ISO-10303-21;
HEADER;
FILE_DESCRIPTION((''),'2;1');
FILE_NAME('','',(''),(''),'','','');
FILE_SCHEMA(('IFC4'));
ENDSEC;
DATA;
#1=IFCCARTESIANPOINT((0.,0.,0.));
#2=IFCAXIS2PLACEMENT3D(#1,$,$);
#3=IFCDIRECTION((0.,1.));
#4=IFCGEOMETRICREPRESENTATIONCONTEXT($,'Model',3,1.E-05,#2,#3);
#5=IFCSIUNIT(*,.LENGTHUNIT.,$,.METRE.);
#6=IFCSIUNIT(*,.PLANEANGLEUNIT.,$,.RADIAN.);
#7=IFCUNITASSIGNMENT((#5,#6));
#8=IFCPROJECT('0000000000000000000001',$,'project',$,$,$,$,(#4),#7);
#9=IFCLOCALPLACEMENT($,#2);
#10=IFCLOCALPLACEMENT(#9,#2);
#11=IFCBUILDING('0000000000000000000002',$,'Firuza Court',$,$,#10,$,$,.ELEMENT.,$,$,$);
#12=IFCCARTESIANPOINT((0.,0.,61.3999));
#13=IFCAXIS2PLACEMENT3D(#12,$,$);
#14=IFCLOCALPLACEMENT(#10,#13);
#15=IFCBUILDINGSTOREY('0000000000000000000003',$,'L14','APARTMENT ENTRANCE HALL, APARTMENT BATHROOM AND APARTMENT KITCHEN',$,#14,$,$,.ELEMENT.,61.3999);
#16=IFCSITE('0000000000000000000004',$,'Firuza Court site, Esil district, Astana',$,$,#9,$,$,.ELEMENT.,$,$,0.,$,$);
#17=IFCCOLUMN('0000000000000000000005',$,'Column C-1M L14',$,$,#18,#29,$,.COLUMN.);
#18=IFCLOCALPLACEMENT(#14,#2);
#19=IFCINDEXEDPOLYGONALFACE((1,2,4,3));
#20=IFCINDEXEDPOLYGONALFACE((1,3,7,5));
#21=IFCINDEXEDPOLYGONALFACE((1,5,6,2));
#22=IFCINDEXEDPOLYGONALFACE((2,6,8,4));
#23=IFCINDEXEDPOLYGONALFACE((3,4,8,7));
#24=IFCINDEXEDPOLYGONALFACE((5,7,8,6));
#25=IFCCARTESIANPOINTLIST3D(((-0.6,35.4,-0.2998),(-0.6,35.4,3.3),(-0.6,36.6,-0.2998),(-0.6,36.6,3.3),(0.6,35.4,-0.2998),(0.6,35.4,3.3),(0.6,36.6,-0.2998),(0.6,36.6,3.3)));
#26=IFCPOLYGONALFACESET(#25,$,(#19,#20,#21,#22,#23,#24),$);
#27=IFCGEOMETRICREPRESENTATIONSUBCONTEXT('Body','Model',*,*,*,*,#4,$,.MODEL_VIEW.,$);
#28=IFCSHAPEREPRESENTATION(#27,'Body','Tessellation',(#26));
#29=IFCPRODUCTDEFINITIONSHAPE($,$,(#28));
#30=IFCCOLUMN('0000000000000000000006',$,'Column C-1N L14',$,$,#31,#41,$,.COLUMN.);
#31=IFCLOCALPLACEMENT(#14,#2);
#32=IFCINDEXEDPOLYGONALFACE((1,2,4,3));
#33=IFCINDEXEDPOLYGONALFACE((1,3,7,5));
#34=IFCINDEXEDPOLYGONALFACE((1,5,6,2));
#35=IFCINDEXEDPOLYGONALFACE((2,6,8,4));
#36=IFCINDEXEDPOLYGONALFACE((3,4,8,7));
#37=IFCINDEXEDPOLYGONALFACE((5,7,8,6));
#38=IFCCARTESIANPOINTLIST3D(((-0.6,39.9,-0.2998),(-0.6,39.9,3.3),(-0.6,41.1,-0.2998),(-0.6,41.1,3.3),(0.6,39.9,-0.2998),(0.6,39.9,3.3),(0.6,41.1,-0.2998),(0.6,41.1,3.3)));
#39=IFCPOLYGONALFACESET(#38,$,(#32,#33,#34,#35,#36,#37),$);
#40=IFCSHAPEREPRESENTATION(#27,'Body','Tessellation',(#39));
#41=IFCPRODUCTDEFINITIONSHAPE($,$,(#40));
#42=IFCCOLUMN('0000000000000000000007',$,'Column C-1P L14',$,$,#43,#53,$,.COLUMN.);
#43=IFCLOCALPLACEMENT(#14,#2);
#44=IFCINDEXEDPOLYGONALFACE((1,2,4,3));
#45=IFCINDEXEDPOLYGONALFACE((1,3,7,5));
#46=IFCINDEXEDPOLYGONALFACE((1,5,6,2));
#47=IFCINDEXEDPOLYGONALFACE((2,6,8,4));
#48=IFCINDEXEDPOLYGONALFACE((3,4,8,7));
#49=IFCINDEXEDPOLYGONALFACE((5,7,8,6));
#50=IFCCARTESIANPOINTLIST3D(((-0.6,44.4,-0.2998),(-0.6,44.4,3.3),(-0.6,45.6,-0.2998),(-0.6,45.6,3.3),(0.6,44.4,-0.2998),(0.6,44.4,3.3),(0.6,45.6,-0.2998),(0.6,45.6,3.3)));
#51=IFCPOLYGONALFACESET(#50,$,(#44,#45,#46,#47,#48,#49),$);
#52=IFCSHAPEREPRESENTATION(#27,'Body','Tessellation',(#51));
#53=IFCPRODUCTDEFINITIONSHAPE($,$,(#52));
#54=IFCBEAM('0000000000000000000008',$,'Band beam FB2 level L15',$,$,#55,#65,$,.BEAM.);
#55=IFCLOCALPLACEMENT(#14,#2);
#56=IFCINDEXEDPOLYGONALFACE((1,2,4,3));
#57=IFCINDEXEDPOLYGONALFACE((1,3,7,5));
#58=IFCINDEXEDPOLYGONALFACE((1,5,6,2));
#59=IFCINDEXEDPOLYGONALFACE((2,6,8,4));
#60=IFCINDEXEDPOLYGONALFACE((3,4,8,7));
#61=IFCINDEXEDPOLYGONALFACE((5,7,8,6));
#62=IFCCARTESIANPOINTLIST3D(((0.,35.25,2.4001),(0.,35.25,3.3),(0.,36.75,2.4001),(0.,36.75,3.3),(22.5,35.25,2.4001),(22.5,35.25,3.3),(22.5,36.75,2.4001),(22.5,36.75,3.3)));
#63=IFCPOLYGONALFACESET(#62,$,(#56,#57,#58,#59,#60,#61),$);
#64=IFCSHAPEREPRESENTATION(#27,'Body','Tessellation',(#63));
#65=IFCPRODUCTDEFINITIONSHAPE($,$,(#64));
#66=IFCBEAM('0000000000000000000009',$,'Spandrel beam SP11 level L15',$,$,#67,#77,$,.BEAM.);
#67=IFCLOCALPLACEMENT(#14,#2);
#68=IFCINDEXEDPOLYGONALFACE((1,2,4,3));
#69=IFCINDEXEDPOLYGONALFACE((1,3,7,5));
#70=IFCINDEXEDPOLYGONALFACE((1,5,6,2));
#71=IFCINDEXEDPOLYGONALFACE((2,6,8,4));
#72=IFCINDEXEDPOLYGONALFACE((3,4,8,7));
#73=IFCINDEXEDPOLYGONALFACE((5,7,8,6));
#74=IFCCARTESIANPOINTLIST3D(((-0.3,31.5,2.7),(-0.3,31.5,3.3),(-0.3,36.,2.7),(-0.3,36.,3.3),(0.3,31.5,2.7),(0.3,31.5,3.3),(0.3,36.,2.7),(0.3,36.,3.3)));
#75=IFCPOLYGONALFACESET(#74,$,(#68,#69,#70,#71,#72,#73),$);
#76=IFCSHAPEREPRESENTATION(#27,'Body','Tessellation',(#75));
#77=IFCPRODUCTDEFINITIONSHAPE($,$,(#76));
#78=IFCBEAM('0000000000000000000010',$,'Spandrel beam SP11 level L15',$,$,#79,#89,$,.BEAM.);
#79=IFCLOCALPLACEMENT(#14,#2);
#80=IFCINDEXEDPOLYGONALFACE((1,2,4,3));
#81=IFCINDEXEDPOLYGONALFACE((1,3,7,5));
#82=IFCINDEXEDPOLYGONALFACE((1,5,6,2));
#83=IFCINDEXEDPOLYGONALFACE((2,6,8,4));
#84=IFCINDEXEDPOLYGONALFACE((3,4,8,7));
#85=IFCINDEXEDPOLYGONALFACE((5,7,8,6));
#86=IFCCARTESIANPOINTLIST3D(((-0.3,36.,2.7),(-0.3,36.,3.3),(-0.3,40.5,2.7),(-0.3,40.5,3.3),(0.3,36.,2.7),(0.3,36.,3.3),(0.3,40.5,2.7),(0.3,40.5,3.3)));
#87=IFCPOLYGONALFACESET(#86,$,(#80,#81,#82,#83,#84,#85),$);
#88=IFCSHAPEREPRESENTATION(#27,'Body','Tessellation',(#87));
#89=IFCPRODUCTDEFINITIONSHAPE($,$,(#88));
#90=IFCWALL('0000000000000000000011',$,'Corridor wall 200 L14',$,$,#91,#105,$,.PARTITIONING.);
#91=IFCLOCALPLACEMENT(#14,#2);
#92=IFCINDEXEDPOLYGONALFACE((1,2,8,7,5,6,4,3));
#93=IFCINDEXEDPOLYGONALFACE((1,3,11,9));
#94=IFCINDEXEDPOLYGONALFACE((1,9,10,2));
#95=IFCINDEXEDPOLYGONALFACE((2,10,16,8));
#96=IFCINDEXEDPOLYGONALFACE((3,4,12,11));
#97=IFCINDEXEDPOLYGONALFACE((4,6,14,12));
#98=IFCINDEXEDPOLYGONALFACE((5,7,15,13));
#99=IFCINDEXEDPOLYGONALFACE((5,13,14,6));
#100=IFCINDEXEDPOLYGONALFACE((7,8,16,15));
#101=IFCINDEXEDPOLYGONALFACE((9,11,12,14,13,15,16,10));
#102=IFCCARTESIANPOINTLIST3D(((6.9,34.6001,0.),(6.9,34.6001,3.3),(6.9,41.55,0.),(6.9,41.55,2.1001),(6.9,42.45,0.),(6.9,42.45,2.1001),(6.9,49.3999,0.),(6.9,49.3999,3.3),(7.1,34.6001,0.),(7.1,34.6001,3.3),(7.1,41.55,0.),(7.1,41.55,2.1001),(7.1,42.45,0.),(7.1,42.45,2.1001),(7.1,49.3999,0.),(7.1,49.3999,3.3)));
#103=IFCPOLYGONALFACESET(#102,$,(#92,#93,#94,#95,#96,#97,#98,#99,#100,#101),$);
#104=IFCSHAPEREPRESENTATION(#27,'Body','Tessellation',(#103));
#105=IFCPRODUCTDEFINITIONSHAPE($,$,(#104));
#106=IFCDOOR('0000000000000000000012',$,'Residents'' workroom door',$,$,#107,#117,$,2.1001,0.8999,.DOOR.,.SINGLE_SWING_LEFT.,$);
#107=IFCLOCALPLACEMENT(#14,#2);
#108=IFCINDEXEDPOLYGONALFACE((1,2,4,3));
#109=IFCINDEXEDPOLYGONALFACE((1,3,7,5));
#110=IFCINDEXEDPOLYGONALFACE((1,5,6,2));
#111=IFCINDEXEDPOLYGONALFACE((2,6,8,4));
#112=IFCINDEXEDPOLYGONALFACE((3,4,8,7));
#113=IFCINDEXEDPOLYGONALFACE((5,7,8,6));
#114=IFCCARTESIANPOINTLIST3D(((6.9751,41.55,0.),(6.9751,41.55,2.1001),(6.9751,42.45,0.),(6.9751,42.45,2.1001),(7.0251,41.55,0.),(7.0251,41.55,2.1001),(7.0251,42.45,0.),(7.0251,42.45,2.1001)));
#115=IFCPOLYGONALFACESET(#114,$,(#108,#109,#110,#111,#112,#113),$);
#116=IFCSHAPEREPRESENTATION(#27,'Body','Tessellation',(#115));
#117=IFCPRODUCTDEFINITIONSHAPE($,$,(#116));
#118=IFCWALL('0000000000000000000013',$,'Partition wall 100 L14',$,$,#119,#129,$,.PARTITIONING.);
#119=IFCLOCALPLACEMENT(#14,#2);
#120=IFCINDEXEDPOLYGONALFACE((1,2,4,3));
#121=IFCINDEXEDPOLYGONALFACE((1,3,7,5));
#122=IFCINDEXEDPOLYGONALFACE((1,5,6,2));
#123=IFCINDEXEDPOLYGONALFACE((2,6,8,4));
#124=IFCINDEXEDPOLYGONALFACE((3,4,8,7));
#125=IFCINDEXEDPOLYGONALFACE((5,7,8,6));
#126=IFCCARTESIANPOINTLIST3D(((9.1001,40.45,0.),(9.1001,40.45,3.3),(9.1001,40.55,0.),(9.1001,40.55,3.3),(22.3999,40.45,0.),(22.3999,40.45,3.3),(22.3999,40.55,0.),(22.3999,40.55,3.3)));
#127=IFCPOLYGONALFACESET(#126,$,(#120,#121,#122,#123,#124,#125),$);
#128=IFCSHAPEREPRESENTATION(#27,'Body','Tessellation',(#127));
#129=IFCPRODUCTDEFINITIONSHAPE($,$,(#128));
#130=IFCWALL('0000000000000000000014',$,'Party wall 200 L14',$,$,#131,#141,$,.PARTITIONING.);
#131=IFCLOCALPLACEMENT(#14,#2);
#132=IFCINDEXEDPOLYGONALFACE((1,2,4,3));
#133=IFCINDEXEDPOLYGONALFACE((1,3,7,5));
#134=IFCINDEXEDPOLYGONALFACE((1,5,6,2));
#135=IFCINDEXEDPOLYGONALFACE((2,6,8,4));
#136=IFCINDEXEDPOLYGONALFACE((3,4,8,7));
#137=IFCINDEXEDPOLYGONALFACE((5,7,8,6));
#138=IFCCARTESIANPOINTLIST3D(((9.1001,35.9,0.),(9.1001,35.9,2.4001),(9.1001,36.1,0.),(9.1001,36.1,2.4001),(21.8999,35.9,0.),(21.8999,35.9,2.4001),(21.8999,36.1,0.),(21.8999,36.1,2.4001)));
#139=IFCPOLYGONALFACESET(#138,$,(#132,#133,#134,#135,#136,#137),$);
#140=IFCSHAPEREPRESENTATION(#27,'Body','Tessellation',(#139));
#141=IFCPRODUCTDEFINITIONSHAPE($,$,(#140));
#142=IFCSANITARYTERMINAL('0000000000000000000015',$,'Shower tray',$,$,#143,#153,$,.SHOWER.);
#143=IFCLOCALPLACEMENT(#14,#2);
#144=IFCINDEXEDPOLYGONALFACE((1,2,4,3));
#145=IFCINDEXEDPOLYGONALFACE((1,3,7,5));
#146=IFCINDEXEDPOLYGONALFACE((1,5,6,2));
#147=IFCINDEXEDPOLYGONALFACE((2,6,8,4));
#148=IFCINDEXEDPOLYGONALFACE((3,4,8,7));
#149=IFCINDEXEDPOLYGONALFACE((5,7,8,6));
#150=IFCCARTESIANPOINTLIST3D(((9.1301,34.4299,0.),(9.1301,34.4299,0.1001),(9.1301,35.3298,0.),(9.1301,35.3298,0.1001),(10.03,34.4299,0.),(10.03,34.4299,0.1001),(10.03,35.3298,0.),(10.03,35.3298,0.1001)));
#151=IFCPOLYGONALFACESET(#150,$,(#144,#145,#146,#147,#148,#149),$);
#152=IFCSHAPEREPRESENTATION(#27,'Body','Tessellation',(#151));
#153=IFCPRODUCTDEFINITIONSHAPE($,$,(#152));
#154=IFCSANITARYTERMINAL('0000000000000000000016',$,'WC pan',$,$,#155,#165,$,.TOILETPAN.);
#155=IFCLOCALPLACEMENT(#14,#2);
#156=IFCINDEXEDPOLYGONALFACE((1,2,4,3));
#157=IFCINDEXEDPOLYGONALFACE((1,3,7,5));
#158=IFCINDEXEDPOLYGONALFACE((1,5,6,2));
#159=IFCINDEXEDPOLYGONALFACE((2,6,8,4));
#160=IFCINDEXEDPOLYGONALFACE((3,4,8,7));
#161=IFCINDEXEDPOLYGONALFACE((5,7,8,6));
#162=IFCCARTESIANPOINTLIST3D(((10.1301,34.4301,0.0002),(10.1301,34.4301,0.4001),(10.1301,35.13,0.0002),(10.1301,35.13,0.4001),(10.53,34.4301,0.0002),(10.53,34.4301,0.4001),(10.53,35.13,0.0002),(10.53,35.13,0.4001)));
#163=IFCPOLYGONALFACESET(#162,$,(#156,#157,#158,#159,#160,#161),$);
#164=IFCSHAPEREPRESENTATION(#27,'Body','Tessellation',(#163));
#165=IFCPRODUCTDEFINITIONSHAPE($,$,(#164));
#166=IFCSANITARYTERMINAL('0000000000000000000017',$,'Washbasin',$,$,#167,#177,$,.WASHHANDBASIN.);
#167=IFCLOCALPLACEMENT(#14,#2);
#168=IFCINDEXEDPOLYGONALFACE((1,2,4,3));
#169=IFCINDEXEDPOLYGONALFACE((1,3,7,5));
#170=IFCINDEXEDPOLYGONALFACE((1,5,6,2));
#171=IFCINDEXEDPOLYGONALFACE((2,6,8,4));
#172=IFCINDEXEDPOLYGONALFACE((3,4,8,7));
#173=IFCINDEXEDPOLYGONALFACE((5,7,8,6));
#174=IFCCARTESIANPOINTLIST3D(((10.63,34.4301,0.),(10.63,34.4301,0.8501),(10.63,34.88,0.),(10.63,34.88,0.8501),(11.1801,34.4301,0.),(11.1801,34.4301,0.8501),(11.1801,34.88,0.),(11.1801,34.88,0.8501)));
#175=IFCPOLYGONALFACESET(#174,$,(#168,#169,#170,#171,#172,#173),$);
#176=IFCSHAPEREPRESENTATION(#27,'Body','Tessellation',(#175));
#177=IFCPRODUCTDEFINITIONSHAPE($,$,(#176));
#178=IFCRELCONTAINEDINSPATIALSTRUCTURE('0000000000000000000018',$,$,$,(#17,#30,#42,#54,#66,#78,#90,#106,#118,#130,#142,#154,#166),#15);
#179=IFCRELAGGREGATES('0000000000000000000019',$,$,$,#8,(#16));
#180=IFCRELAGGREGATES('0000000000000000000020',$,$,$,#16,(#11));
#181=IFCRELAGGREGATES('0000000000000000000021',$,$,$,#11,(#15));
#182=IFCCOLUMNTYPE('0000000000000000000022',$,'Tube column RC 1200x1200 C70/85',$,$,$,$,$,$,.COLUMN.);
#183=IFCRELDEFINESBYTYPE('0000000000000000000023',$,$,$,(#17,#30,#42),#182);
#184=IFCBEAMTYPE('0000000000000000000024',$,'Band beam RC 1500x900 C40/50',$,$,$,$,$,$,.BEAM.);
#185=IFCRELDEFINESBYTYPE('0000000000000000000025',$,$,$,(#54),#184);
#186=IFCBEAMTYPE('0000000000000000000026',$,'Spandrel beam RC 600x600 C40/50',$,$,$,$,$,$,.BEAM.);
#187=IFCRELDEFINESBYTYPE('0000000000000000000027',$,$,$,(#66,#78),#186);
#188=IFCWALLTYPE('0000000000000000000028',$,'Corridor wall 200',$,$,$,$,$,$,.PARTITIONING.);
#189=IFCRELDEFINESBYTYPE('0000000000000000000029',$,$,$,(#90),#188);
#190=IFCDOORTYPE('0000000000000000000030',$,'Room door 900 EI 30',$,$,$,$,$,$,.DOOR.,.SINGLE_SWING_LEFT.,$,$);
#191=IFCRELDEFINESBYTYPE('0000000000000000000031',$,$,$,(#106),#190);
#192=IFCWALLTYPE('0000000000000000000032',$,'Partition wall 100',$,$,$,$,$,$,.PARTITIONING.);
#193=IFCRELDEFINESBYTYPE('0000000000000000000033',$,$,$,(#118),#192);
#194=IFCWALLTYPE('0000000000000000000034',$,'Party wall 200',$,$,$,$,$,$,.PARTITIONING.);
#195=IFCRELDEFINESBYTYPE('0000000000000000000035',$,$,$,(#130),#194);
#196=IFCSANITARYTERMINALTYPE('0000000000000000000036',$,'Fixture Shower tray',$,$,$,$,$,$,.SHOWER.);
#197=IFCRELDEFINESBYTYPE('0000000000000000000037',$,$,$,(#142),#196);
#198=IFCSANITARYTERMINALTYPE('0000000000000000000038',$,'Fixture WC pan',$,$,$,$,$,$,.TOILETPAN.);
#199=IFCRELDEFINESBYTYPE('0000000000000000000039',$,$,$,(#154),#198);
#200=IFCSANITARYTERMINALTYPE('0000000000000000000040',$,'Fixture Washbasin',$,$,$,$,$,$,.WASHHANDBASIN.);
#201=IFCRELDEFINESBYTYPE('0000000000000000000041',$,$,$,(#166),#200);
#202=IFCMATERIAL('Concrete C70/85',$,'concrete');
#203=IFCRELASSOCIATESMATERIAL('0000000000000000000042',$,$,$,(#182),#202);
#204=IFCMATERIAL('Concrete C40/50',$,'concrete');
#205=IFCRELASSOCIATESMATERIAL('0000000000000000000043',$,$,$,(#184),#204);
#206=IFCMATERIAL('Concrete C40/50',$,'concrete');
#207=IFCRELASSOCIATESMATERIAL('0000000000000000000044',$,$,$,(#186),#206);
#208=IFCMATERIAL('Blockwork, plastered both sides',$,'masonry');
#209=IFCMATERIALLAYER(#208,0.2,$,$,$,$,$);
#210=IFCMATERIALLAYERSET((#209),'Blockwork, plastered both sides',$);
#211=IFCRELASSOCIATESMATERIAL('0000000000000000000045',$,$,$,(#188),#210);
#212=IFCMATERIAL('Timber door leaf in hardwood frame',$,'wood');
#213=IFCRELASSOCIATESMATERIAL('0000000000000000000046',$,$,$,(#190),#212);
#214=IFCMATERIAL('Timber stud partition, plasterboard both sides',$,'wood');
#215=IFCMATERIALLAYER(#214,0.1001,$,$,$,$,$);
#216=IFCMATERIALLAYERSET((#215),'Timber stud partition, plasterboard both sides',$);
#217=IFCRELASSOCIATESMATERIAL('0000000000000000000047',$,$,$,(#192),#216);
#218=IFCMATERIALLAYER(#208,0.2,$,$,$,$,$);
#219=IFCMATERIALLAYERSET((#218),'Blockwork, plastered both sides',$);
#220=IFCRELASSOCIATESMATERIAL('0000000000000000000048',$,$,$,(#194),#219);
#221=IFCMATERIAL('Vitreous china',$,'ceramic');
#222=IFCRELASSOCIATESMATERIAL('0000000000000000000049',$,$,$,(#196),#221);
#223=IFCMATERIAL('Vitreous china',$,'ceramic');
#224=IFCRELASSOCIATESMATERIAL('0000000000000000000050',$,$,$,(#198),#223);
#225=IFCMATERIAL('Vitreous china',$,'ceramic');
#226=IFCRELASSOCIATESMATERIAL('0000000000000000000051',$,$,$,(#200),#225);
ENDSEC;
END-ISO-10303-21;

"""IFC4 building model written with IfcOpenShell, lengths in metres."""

from ifc_helpers import new_model, si_unit, direction, frame, frame_2d, origin, origin_2d, place, context, subcontext, project, spatial, rectangle, extrude, material, layer, layer_set, material_profile, profile_set, type_object, element, fill, save


model = new_model("IFC4")

# Units and contexts
model_context = context("Model", 3, precision=1e-05, world=origin(), true_north=direction((0.0, 1.0)))
body_context = subcontext(model_context, "Body", "Model", "MODEL_VIEW")
ifc_project = project(units=[si_unit("LENGTHUNIT", "METRE"), si_unit("PLANEANGLEUNIT", "RADIAN")], contexts=[model_context])

# Site, building, storey
site_placement = place(None, origin())
site = spatial("IfcSite", under=ifc_project, at=site_placement, Name="Firuza Court site, Esil district, Astana", CompositionType="ELEMENT", RefElevation=0.0)
building_placement = place(site_placement, origin())
building = spatial("IfcBuilding", under=site, at=building_placement, Name="Firuza Court", CompositionType="ELEMENT")
storey_placement = place(building_placement, frame((0.0, 0.0, 61.3999)))
storey = spatial("IfcBuildingStorey", under=building, at=storey_placement, Name="L14", Description="APARTMENT ENTRANCE HALL, APARTMENT BATHROOM AND APARTMENT KITCHEN", CompositionType="ELEMENT", Elevation=61.3999)

# Columns
ifc_material_1 = material(Name="Concrete C70/85", Category="concrete")
ifc_material_profile_1 = material_profile(ifc_material_1, rectangle(XDim=1.2, YDim=1.2, at=origin_2d()), Name="RC 1200x1200")
ifc_profile_set_1 = profile_set([ifc_material_profile_1], Name="Concrete C70/85")
column_type = type_object("IfcColumnType", Name="Tube column RC 1200x1200 C70/85", PredefinedType="COLUMN", material=ifc_profile_set_1)
for number, where, z_axis, x_axis, name in (
    (1, (0.0, 36.0, -0.2998), (0.0, 0.0, 1.0), (1.0, 0.0, 0.0), "Column C-1M L14"),
    (2, (0.0, 40.5, -0.2998), (0.0, 0.0, 1.0), (1.0, 0.0, 0.0), "Column C-1N L14"),
    (3, (0.0, 45.0, -0.2998), (0.0, 0.0, 1.0), (1.0, 0.0, 0.0), "Column C-1P L14"),
):
    element("IfcColumn", number, at=place(storey_placement, frame(where, z_axis=z_axis, x_axis=x_axis)), inside=storey, type_object=column_type, Name=name, PredefinedType="COLUMN", context=body_context, shape_type="SweptSolid", body=[
        extrude(rectangle(XDim=1.2, YDim=1.2, at=origin_2d()), origin(), (0.0, 0.0, 1.0), 3.5999),
    ])

# Beams
ifc_material_2 = material(Name="Concrete C40/50", Category="concrete")
ifc_material_profile_2 = material_profile(ifc_material_2, rectangle(XDim=1.5, YDim=0.8999, at=origin_2d()), Name="RC 1500x900")
ifc_profile_set_2 = profile_set([ifc_material_profile_2], Name="Concrete C40/50")
beam_type_1 = type_object("IfcBeamType", Name="Band beam RC 1500x900 C40/50", PredefinedType="BEAM", material=ifc_profile_set_2)
beam_placement = place(storey_placement, frame((0.0, 36.0, 2.8501), z_axis=(1.0, 0.0, 0.0), x_axis=(0.0, 1.0, 0.0)))
element("IfcBeam", 4, at=beam_placement, inside=storey, type_object=beam_type_1, Name="Band beam FB2 level L15", PredefinedType="BEAM", context=body_context, shape_type="SweptSolid", body=[
    extrude(rectangle(XDim=1.5, YDim=0.8999, at=origin_2d()), origin(), (0.0, 0.0, 1.0), 22.5),
])
ifc_material_3 = material(Name="Concrete C40/50", Category="concrete")
ifc_material_profile_3 = material_profile(ifc_material_3, rectangle(XDim=0.6001, YDim=0.6001, at=origin_2d()), Name="RC 600x600")
ifc_profile_set_3 = profile_set([ifc_material_profile_3], Name="Concrete C40/50")
beam_type_2 = type_object("IfcBeamType", Name="Spandrel beam RC 600x600 C40/50", PredefinedType="BEAM", material=ifc_profile_set_3)
for number, where, z_axis, x_axis, name in (
    (5, (0.0, 36.0, 3.0), (0.0, -1.0, 0.0), (1.0, 0.0, 0.0), "Spandrel beam SP11 level L15"),
    (6, (0.0, 40.5, 3.0), (0.0, -1.0, 0.0), (1.0, 0.0, 0.0), "Spandrel beam SP11 level L15"),
):
    element("IfcBeam", number, at=place(storey_placement, frame(where, z_axis=z_axis, x_axis=x_axis)), inside=storey, type_object=beam_type_2, Name=name, PredefinedType="BEAM", context=body_context, shape_type="SweptSolid", body=[
        extrude(rectangle(XDim=0.6001, YDim=0.6001, at=origin_2d()), origin(), (0.0, 0.0, 1.0), 4.5),
    ])

# Wall, opening, door
ifc_material_4 = material(Name="Blockwork, plastered both sides", Category="masonry")
ifc_layer_1 = layer(ifc_material_4, 0.2)
ifc_layer_set_1 = layer_set([ifc_layer_1], Name="Blockwork, plastered both sides")
wall_type_1 = type_object("IfcWallType", Name="Corridor wall 200", PredefinedType="PARTITIONING", material=ifc_layer_set_1)
wall_1_placement = place(storey_placement, frame((7.0, 34.6001, 0.0), z_axis=(0.0, 0.0, 1.0), x_axis=(0.0, 1.0, 0.0)))
wall_1 = element("IfcWall", 7, at=wall_1_placement, inside=storey, type_object=wall_type_1, Name="Corridor wall 200 L14", PredefinedType="PARTITIONING", context=body_context, shape_type="SweptSolid", body=[
    extrude(rectangle(XDim=14.7998, YDim=0.2, at=frame_2d((7.3999, 0.0))), origin(), (0.0, 0.0, 1.0), 3.3),
])
opening_placement = place(wall_1_placement, frame((6.95, 0.0, 0.0)))
opening = element("IfcOpeningElement", 8, at=opening_placement, cuts=wall_1, PredefinedType="OPENING", context=body_context, shape_type="SweptSolid", body=[
    extrude(rectangle(XDim=0.8999, YDim=2.1001, at=frame_2d((0.45, 1.05))), frame((0.0, 0.1118, 0.0), z_axis=(0.0, -1.0, 0.0), x_axis=(1.0, 0.0, 0.0)), (0.0, 0.0, 1.0), 0.2239),
])
ifc_material_5 = material(Name="Timber door leaf in hardwood frame", Category="wood")
door_type = type_object("IfcDoorType", Name="Room door 900 EI 30", OperationType="SINGLE_SWING_LEFT", PredefinedType="DOOR", material=ifc_material_5)
door_placement = place(opening_placement, origin())
door = element("IfcDoor", 9, at=door_placement, inside=storey, type_object=door_type, Name="Residents' workroom door", OperationType="SINGLE_SWING_LEFT", OverallHeight=2.1001, OverallWidth=0.8999, PredefinedType="DOOR", context=body_context, shape_type="SweptSolid", body=[
    extrude(rectangle(XDim=0.8999, YDim=2.1001, at=frame_2d((0.45, 1.05))), frame((0.0, 0.0249, 0.0), z_axis=(0.0, -1.0, 0.0), x_axis=(1.0, 0.0, 0.0)), (0.0, 0.0, 1.0), 0.05),
])
fill(opening, door)

# Walls
ifc_material_6 = material(Name="Timber stud partition, plasterboard both sides", Category="wood")
ifc_layer_2 = layer(ifc_material_6, 0.1001)
ifc_layer_set_2 = layer_set([ifc_layer_2], Name="Timber stud partition, plasterboard both sides")
wall_type_2 = type_object("IfcWallType", Name="Partition wall 100", PredefinedType="PARTITIONING", material=ifc_layer_set_2)
wall_2_placement = place(storey_placement, frame((9.1001, 40.5, 0.0), z_axis=(0.0, 0.0, 1.0), x_axis=(1.0, 0.0, 0.0)))
element("IfcWall", 10, at=wall_2_placement, inside=storey, type_object=wall_type_2, Name="Partition wall 100 L14", PredefinedType="PARTITIONING", context=body_context, shape_type="SweptSolid", body=[
    extrude(rectangle(XDim=13.2998, YDim=0.1001, at=frame_2d((6.6499, 0.0))), origin(), (0.0, 0.0, 1.0), 3.3),
])
ifc_layer_3 = layer(ifc_material_4, 0.2)
ifc_layer_set_3 = layer_set([ifc_layer_3], Name="Blockwork, plastered both sides")
wall_type_3 = type_object("IfcWallType", Name="Party wall 200", PredefinedType="PARTITIONING", material=ifc_layer_set_3)
wall_3_placement = place(storey_placement, frame((9.1001, 36.0, 0.0), z_axis=(0.0, 0.0, 1.0), x_axis=(1.0, 0.0, 0.0)))
element("IfcWall", 11, at=wall_3_placement, inside=storey, type_object=wall_type_3, Name="Party wall 200 L14", PredefinedType="PARTITIONING", context=body_context, shape_type="SweptSolid", body=[
    extrude(rectangle(XDim=12.7998, YDim=0.2, at=frame_2d((6.3999, 0.0))), origin(), (0.0, 0.0, 1.0), 2.4001),
])

# Sanitary terminals
ifc_material_7 = material(Name="Vitreous china", Category="ceramic")
sanitary_terminal_type_1 = type_object("IfcSanitaryTerminalType", Name="Fixture Shower tray", PredefinedType="SHOWER", material=ifc_material_7)
sanitary_terminal_1_placement = place(storey_placement, frame((9.5801, 34.8799, 0.0), z_axis=(0.0, 0.0, 1.0), x_axis=(1.0, 0.0, 0.0)))
element("IfcSanitaryTerminal", 12, at=sanitary_terminal_1_placement, inside=storey, type_object=sanitary_terminal_type_1, Name="Shower tray", PredefinedType="SHOWER", context=body_context, shape_type="SweptSolid", body=[
    extrude(rectangle(XDim=0.8999, YDim=0.8999, at=origin_2d()), origin(), (0.0, 0.0, 1.0), 0.1001),
])
ifc_material_8 = material(Name="Vitreous china", Category="ceramic")
sanitary_terminal_type_2 = type_object("IfcSanitaryTerminalType", Name="Fixture WC pan", PredefinedType="TOILETPAN", material=ifc_material_8)
sanitary_terminal_2_placement = place(storey_placement, frame((10.3301, 34.78, 0.0002), z_axis=(0.0, 0.0, 1.0), x_axis=(1.0, 0.0, 0.0)))
element("IfcSanitaryTerminal", 13, at=sanitary_terminal_2_placement, inside=storey, type_object=sanitary_terminal_type_2, Name="WC pan", PredefinedType="TOILETPAN", context=body_context, shape_type="SweptSolid", body=[
    extrude(rectangle(XDim=0.3999, YDim=0.7, at=origin_2d()), origin(), (0.0, 0.0, 1.0), 0.3999),
])
ifc_material_9 = material(Name="Vitreous china", Category="ceramic")
sanitary_terminal_type_3 = type_object("IfcSanitaryTerminalType", Name="Fixture Washbasin", PredefinedType="WASHHANDBASIN", material=ifc_material_9)
sanitary_terminal_3_placement = place(storey_placement, frame((10.905, 34.655, 0.0), z_axis=(0.0, 0.0, 1.0), x_axis=(1.0, 0.0, 0.0)))
element("IfcSanitaryTerminal", 14, at=sanitary_terminal_3_placement, inside=storey, type_object=sanitary_terminal_type_3, Name="Washbasin", PredefinedType="WASHHANDBASIN", context=body_context, shape_type="SweptSolid", body=[
    extrude(rectangle(XDim=0.55, YDim=0.45, at=origin_2d()), origin(), (0.0, 0.0, 1.0), 0.8501),
])

save(model, "model.ifc")
